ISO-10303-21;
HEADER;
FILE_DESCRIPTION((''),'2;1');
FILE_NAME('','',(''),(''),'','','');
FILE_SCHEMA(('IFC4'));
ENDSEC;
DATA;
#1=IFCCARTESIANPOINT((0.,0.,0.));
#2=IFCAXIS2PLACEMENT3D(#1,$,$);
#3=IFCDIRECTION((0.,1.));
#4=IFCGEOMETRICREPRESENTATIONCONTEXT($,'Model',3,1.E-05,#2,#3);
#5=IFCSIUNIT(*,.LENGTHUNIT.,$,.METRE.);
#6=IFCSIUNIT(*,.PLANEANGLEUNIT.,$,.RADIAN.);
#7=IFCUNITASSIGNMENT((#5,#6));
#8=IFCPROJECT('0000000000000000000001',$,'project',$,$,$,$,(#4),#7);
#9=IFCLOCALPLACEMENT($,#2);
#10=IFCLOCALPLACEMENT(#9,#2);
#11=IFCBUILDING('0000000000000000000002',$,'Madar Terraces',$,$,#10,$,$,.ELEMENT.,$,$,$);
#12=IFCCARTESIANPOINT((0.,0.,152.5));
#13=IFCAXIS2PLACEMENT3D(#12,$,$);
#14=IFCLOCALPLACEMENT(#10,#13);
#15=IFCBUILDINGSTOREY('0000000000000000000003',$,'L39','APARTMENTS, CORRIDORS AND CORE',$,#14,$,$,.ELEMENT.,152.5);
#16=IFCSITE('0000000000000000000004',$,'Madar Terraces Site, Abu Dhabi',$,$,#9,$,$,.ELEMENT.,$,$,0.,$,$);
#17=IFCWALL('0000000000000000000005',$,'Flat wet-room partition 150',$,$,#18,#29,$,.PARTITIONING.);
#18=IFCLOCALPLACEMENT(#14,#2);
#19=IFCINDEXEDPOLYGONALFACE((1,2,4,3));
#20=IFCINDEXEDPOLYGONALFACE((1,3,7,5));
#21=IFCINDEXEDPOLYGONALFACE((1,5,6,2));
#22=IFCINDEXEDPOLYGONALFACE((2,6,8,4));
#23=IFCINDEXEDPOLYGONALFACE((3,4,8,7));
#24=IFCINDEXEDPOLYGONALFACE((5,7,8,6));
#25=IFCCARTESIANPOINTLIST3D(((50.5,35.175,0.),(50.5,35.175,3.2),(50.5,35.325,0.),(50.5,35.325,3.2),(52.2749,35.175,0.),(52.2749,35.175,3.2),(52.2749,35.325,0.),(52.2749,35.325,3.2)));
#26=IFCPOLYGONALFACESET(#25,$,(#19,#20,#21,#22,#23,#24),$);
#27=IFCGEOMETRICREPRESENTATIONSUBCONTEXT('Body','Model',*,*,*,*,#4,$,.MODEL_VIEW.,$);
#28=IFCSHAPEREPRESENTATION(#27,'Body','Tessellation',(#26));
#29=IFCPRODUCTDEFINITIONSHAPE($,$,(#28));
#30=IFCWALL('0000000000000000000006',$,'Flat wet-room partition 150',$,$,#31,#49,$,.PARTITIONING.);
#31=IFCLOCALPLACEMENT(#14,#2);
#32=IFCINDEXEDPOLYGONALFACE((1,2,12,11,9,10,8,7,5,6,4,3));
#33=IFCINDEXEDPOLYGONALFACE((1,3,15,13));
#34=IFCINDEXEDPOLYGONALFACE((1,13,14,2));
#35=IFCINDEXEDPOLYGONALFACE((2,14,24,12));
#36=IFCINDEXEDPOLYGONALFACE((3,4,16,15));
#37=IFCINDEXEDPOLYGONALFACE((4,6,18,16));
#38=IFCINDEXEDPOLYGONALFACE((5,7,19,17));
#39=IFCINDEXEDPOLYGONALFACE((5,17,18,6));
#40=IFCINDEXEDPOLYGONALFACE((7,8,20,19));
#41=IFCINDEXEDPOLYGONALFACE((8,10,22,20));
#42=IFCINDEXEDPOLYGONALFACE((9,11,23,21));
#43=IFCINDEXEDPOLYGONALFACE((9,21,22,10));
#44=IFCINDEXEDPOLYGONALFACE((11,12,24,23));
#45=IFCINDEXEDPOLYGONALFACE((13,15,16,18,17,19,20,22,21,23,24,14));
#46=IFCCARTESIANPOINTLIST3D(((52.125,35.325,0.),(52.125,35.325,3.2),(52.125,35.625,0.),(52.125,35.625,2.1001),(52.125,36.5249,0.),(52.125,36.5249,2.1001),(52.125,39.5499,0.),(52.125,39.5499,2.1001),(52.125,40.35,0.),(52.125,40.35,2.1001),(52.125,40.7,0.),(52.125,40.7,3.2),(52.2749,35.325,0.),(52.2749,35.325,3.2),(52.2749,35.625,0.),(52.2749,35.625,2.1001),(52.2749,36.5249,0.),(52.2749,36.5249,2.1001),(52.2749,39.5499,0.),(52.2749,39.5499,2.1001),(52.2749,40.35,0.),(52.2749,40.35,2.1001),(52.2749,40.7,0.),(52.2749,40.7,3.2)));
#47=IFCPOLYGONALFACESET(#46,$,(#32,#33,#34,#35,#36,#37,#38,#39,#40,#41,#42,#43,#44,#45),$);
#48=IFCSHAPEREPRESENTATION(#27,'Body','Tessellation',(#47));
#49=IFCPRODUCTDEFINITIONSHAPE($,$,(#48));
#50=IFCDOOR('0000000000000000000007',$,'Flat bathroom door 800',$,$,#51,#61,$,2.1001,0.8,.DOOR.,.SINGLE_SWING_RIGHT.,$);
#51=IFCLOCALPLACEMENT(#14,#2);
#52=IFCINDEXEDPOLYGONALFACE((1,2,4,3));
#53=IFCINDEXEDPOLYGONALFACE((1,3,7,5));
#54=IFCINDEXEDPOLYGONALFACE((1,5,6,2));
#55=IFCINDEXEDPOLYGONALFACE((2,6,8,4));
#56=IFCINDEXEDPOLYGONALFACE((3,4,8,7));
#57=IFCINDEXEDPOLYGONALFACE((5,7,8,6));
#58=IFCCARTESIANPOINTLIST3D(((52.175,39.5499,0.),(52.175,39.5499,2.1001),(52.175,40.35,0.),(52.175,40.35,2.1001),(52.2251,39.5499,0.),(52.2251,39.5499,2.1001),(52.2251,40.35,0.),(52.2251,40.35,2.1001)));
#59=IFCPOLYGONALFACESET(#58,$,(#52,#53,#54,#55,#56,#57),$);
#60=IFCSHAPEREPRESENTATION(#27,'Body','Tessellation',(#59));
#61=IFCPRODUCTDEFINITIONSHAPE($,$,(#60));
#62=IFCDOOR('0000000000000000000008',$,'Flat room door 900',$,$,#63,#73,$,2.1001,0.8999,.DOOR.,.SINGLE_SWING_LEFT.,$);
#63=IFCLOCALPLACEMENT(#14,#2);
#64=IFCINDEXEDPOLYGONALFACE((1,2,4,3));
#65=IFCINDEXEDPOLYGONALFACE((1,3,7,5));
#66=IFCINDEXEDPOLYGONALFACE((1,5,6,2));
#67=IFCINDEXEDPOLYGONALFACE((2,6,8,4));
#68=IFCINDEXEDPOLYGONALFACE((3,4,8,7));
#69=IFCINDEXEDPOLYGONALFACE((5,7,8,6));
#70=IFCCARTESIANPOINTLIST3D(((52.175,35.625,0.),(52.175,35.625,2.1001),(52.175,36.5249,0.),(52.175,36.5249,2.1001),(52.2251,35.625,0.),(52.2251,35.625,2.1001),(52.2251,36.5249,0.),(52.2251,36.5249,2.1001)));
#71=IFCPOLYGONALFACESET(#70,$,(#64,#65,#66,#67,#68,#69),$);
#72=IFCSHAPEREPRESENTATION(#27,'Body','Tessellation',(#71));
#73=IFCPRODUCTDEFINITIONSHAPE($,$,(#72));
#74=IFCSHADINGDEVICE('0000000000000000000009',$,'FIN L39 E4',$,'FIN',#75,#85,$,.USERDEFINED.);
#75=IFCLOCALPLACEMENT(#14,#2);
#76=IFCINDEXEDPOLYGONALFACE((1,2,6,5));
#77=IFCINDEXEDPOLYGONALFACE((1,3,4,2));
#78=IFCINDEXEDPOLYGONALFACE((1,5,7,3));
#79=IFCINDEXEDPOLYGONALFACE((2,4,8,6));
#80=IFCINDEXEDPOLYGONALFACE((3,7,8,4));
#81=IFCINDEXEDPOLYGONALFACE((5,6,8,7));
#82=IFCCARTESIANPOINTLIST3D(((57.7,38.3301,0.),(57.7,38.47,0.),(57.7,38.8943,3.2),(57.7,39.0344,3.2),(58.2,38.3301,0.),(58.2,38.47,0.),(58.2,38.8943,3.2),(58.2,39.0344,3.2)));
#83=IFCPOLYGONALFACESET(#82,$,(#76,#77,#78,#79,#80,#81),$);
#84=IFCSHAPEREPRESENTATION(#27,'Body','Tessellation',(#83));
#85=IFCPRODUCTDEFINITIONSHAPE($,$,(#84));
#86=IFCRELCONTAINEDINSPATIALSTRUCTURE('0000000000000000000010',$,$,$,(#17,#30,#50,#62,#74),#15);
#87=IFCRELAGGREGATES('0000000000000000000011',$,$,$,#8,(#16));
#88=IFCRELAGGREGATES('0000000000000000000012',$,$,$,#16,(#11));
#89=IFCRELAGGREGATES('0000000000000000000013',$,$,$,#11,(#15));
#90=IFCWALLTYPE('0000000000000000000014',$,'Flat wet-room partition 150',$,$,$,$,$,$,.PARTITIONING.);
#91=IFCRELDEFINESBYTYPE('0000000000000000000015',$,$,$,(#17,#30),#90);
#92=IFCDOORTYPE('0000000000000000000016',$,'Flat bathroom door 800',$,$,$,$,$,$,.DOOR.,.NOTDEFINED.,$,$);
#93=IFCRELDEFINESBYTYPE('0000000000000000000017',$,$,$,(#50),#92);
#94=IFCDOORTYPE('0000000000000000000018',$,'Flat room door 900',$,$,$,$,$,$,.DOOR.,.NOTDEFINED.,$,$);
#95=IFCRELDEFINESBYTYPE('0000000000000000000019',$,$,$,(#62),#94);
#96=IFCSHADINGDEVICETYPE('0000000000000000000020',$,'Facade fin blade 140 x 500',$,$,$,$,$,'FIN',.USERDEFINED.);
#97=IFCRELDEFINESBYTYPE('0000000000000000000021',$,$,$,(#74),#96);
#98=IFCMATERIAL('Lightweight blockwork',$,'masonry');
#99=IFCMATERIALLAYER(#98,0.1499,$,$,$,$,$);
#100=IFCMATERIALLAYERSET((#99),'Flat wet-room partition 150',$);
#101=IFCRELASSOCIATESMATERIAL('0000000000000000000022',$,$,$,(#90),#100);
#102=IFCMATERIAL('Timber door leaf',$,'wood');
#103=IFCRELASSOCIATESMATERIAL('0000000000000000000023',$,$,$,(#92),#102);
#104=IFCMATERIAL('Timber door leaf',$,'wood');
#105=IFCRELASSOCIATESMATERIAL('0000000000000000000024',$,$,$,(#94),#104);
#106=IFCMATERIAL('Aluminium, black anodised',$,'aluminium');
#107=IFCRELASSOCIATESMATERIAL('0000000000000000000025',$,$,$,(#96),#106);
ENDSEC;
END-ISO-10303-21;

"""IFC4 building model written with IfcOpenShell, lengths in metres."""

from ifc_helpers import new_model, si_unit, direction, frame, frame_2d, origin, place, context, subcontext, project, spatial, polyline, rectangle, outline, extrude, material, layer, layer_set, type_object, element, fill, save


model = new_model("IFC4")

# Units and contexts
model_context = context("Model", 3, precision=1e-05, world=origin(), true_north=direction((0.0, 1.0)))
body_context = subcontext(model_context, "Body", "Model", "MODEL_VIEW")
ifc_project = project(units=[si_unit("LENGTHUNIT", "METRE"), si_unit("PLANEANGLEUNIT", "RADIAN")], contexts=[model_context])

# Site, building, storey
site_placement = place(None, origin())
site = spatial("IfcSite", under=ifc_project, at=site_placement, Name="Madar Terraces Site, Abu Dhabi", CompositionType="ELEMENT", RefElevation=0.0)
building_placement = place(site_placement, origin())
building = spatial("IfcBuilding", under=site, at=building_placement, Name="Madar Terraces", CompositionType="ELEMENT")
storey_placement = place(building_placement, frame((0.0, 0.0, 152.5)))
storey = spatial("IfcBuildingStorey", under=building, at=storey_placement, Name="L39", Description="APARTMENTS, CORRIDORS AND CORE", CompositionType="ELEMENT", Elevation=152.5)

# Wall
ifc_material_1 = material(Name="Lightweight blockwork", Category="masonry")
ifc_layer_1 = layer(ifc_material_1, 0.1499)
ifc_layer_set_1 = layer_set([ifc_layer_1], Name="Flat wet-room partition 150")
wall_type_1 = type_object("IfcWallType", Name="Flat wet-room partition 150", PredefinedType="PARTITIONING", material=ifc_layer_set_1)
wall_1_placement = place(storey_placement, frame((50.5, 35.25, 0.0), z_axis=(0.0, 0.0, 1.0), x_axis=(1.0, 0.0, 0.0)))
element("IfcWall", 1, at=wall_1_placement, inside=storey, type_object=wall_type_1, Name="Flat wet-room partition 150", PredefinedType="PARTITIONING", context=body_context, shape_type="SweptSolid", body=[
    extrude(rectangle(XDim=1.7749, YDim=0.1499, at=frame_2d((0.8875, 0.0))), origin(), (0.0, 0.0, 1.0), 3.2),
])

# Wall, openings, doors
wall_2_placement = place(storey_placement, frame((52.2, 35.325, 0.0), z_axis=(0.0, 0.0, 1.0), x_axis=(0.0, 1.0, 0.0)))
wall_2 = element("IfcWall", 2, at=wall_2_placement, inside=storey, type_object=wall_type_1, Name="Flat wet-room partition 150", PredefinedType="PARTITIONING", context=body_context, shape_type="SweptSolid", body=[
    extrude(rectangle(XDim=5.375, YDim=0.1499, at=frame_2d((2.6875, 0.0))), origin(), (0.0, 0.0, 1.0), 3.2),
])
opening_1_placement = place(wall_2_placement, frame((0.3, 0.0, 0.0)))
opening_1 = element("IfcOpeningElement", 3, at=opening_1_placement, cuts=wall_2, PredefinedType="OPENING", context=body_context, shape_type="SweptSolid", body=[
    extrude(rectangle(XDim=0.8999, YDim=2.1001, at=frame_2d((0.45, 1.05))), frame((0.0, 0.085, 0.0), z_axis=(0.0, -1.0, 0.0), x_axis=(1.0, 0.0, 0.0)), (0.0, 0.0, 1.0), 0.1699),
])
opening_2_placement = place(wall_2_placement, frame((4.2251, 0.0, 0.0)))
opening_2 = element("IfcOpeningElement", 4, at=opening_2_placement, cuts=wall_2, PredefinedType="OPENING", context=body_context, shape_type="SweptSolid", body=[
    extrude(rectangle(XDim=0.8, YDim=2.1001, at=frame_2d((0.3999, 1.05))), frame((0.0, 0.085, 0.0), z_axis=(0.0, -1.0, 0.0), x_axis=(1.0, 0.0, 0.0)), (0.0, 0.0, 1.0), 0.1699),
])
ifc_material_2 = material(Name="Timber door leaf", Category="wood")
door_type_1 = type_object("IfcDoorType", Name="Flat bathroom door 800", OperationType="NOTDEFINED", PredefinedType="DOOR", material=ifc_material_2)
door_1_placement = place(opening_2_placement, origin())
door_1 = element("IfcDoor", 5, at=door_1_placement, inside=storey, type_object=door_type_1, Name="Flat bathroom door 800", OperationType="SINGLE_SWING_RIGHT", OverallHeight=2.1001, OverallWidth=0.8, PredefinedType="DOOR", context=body_context, shape_type="SweptSolid", body=[
    extrude(rectangle(XDim=0.8, YDim=2.1001, at=frame_2d((0.3999, 1.05))), frame((0.0, 0.0249, 0.0), z_axis=(0.0, -1.0, 0.0), x_axis=(1.0, 0.0, 0.0)), (0.0, 0.0, 1.0), 0.05),
])
fill(opening_2, door_1)
ifc_material_3 = material(Name="Timber door leaf", Category="wood")
door_type_2 = type_object("IfcDoorType", Name="Flat room door 900", OperationType="NOTDEFINED", PredefinedType="DOOR", material=ifc_material_3)
door_2_placement = place(opening_1_placement, origin())
door_2 = element("IfcDoor", 6, at=door_2_placement, inside=storey, type_object=door_type_2, Name="Flat room door 900", OperationType="SINGLE_SWING_LEFT", OverallHeight=2.1001, OverallWidth=0.8999, PredefinedType="DOOR", context=body_context, shape_type="SweptSolid", body=[
    extrude(rectangle(XDim=0.8999, YDim=2.1001, at=frame_2d((0.45, 1.05))), frame((0.0, 0.0249, 0.0), z_axis=(0.0, -1.0, 0.0), x_axis=(1.0, 0.0, 0.0)), (0.0, 0.0, 1.0), 0.05),
])
fill(opening_1, door_2)

# Shading device
ifc_material_4 = material(Name="Aluminium, black anodised", Category="aluminium")
shading_device_type = type_object("IfcShadingDeviceType", Name="Facade fin blade 140 x 500", ElementType="FIN", PredefinedType="USERDEFINED", material=ifc_material_4)
shading_device_placement = place(storey_placement, frame((57.95, 38.3301, 0.0), z_axis=(0.0, 0.0, 1.0), x_axis=(0.0, 1.0, 0.0)))
element("IfcShadingDevice", 7, at=shading_device_placement, inside=storey, type_object=shading_device_type, Name="FIN L39 E4", ObjectType="FIN", PredefinedType="USERDEFINED", context=body_context, shape_type="SweptSolid", body=[
    extrude(outline(polyline([(0.0, 0.0), (0.1399, 0.0), (0.7043, 3.2), (0.5642, 3.2), (0.0, 0.0)])), frame((0.0, 0.25, 0.0), z_axis=(0.0, -1.0, 0.0), x_axis=(1.0, 0.0, 0.0)), (0.0, 0.0, 1.0), 0.5),
])

save(model, "model.ifc")
